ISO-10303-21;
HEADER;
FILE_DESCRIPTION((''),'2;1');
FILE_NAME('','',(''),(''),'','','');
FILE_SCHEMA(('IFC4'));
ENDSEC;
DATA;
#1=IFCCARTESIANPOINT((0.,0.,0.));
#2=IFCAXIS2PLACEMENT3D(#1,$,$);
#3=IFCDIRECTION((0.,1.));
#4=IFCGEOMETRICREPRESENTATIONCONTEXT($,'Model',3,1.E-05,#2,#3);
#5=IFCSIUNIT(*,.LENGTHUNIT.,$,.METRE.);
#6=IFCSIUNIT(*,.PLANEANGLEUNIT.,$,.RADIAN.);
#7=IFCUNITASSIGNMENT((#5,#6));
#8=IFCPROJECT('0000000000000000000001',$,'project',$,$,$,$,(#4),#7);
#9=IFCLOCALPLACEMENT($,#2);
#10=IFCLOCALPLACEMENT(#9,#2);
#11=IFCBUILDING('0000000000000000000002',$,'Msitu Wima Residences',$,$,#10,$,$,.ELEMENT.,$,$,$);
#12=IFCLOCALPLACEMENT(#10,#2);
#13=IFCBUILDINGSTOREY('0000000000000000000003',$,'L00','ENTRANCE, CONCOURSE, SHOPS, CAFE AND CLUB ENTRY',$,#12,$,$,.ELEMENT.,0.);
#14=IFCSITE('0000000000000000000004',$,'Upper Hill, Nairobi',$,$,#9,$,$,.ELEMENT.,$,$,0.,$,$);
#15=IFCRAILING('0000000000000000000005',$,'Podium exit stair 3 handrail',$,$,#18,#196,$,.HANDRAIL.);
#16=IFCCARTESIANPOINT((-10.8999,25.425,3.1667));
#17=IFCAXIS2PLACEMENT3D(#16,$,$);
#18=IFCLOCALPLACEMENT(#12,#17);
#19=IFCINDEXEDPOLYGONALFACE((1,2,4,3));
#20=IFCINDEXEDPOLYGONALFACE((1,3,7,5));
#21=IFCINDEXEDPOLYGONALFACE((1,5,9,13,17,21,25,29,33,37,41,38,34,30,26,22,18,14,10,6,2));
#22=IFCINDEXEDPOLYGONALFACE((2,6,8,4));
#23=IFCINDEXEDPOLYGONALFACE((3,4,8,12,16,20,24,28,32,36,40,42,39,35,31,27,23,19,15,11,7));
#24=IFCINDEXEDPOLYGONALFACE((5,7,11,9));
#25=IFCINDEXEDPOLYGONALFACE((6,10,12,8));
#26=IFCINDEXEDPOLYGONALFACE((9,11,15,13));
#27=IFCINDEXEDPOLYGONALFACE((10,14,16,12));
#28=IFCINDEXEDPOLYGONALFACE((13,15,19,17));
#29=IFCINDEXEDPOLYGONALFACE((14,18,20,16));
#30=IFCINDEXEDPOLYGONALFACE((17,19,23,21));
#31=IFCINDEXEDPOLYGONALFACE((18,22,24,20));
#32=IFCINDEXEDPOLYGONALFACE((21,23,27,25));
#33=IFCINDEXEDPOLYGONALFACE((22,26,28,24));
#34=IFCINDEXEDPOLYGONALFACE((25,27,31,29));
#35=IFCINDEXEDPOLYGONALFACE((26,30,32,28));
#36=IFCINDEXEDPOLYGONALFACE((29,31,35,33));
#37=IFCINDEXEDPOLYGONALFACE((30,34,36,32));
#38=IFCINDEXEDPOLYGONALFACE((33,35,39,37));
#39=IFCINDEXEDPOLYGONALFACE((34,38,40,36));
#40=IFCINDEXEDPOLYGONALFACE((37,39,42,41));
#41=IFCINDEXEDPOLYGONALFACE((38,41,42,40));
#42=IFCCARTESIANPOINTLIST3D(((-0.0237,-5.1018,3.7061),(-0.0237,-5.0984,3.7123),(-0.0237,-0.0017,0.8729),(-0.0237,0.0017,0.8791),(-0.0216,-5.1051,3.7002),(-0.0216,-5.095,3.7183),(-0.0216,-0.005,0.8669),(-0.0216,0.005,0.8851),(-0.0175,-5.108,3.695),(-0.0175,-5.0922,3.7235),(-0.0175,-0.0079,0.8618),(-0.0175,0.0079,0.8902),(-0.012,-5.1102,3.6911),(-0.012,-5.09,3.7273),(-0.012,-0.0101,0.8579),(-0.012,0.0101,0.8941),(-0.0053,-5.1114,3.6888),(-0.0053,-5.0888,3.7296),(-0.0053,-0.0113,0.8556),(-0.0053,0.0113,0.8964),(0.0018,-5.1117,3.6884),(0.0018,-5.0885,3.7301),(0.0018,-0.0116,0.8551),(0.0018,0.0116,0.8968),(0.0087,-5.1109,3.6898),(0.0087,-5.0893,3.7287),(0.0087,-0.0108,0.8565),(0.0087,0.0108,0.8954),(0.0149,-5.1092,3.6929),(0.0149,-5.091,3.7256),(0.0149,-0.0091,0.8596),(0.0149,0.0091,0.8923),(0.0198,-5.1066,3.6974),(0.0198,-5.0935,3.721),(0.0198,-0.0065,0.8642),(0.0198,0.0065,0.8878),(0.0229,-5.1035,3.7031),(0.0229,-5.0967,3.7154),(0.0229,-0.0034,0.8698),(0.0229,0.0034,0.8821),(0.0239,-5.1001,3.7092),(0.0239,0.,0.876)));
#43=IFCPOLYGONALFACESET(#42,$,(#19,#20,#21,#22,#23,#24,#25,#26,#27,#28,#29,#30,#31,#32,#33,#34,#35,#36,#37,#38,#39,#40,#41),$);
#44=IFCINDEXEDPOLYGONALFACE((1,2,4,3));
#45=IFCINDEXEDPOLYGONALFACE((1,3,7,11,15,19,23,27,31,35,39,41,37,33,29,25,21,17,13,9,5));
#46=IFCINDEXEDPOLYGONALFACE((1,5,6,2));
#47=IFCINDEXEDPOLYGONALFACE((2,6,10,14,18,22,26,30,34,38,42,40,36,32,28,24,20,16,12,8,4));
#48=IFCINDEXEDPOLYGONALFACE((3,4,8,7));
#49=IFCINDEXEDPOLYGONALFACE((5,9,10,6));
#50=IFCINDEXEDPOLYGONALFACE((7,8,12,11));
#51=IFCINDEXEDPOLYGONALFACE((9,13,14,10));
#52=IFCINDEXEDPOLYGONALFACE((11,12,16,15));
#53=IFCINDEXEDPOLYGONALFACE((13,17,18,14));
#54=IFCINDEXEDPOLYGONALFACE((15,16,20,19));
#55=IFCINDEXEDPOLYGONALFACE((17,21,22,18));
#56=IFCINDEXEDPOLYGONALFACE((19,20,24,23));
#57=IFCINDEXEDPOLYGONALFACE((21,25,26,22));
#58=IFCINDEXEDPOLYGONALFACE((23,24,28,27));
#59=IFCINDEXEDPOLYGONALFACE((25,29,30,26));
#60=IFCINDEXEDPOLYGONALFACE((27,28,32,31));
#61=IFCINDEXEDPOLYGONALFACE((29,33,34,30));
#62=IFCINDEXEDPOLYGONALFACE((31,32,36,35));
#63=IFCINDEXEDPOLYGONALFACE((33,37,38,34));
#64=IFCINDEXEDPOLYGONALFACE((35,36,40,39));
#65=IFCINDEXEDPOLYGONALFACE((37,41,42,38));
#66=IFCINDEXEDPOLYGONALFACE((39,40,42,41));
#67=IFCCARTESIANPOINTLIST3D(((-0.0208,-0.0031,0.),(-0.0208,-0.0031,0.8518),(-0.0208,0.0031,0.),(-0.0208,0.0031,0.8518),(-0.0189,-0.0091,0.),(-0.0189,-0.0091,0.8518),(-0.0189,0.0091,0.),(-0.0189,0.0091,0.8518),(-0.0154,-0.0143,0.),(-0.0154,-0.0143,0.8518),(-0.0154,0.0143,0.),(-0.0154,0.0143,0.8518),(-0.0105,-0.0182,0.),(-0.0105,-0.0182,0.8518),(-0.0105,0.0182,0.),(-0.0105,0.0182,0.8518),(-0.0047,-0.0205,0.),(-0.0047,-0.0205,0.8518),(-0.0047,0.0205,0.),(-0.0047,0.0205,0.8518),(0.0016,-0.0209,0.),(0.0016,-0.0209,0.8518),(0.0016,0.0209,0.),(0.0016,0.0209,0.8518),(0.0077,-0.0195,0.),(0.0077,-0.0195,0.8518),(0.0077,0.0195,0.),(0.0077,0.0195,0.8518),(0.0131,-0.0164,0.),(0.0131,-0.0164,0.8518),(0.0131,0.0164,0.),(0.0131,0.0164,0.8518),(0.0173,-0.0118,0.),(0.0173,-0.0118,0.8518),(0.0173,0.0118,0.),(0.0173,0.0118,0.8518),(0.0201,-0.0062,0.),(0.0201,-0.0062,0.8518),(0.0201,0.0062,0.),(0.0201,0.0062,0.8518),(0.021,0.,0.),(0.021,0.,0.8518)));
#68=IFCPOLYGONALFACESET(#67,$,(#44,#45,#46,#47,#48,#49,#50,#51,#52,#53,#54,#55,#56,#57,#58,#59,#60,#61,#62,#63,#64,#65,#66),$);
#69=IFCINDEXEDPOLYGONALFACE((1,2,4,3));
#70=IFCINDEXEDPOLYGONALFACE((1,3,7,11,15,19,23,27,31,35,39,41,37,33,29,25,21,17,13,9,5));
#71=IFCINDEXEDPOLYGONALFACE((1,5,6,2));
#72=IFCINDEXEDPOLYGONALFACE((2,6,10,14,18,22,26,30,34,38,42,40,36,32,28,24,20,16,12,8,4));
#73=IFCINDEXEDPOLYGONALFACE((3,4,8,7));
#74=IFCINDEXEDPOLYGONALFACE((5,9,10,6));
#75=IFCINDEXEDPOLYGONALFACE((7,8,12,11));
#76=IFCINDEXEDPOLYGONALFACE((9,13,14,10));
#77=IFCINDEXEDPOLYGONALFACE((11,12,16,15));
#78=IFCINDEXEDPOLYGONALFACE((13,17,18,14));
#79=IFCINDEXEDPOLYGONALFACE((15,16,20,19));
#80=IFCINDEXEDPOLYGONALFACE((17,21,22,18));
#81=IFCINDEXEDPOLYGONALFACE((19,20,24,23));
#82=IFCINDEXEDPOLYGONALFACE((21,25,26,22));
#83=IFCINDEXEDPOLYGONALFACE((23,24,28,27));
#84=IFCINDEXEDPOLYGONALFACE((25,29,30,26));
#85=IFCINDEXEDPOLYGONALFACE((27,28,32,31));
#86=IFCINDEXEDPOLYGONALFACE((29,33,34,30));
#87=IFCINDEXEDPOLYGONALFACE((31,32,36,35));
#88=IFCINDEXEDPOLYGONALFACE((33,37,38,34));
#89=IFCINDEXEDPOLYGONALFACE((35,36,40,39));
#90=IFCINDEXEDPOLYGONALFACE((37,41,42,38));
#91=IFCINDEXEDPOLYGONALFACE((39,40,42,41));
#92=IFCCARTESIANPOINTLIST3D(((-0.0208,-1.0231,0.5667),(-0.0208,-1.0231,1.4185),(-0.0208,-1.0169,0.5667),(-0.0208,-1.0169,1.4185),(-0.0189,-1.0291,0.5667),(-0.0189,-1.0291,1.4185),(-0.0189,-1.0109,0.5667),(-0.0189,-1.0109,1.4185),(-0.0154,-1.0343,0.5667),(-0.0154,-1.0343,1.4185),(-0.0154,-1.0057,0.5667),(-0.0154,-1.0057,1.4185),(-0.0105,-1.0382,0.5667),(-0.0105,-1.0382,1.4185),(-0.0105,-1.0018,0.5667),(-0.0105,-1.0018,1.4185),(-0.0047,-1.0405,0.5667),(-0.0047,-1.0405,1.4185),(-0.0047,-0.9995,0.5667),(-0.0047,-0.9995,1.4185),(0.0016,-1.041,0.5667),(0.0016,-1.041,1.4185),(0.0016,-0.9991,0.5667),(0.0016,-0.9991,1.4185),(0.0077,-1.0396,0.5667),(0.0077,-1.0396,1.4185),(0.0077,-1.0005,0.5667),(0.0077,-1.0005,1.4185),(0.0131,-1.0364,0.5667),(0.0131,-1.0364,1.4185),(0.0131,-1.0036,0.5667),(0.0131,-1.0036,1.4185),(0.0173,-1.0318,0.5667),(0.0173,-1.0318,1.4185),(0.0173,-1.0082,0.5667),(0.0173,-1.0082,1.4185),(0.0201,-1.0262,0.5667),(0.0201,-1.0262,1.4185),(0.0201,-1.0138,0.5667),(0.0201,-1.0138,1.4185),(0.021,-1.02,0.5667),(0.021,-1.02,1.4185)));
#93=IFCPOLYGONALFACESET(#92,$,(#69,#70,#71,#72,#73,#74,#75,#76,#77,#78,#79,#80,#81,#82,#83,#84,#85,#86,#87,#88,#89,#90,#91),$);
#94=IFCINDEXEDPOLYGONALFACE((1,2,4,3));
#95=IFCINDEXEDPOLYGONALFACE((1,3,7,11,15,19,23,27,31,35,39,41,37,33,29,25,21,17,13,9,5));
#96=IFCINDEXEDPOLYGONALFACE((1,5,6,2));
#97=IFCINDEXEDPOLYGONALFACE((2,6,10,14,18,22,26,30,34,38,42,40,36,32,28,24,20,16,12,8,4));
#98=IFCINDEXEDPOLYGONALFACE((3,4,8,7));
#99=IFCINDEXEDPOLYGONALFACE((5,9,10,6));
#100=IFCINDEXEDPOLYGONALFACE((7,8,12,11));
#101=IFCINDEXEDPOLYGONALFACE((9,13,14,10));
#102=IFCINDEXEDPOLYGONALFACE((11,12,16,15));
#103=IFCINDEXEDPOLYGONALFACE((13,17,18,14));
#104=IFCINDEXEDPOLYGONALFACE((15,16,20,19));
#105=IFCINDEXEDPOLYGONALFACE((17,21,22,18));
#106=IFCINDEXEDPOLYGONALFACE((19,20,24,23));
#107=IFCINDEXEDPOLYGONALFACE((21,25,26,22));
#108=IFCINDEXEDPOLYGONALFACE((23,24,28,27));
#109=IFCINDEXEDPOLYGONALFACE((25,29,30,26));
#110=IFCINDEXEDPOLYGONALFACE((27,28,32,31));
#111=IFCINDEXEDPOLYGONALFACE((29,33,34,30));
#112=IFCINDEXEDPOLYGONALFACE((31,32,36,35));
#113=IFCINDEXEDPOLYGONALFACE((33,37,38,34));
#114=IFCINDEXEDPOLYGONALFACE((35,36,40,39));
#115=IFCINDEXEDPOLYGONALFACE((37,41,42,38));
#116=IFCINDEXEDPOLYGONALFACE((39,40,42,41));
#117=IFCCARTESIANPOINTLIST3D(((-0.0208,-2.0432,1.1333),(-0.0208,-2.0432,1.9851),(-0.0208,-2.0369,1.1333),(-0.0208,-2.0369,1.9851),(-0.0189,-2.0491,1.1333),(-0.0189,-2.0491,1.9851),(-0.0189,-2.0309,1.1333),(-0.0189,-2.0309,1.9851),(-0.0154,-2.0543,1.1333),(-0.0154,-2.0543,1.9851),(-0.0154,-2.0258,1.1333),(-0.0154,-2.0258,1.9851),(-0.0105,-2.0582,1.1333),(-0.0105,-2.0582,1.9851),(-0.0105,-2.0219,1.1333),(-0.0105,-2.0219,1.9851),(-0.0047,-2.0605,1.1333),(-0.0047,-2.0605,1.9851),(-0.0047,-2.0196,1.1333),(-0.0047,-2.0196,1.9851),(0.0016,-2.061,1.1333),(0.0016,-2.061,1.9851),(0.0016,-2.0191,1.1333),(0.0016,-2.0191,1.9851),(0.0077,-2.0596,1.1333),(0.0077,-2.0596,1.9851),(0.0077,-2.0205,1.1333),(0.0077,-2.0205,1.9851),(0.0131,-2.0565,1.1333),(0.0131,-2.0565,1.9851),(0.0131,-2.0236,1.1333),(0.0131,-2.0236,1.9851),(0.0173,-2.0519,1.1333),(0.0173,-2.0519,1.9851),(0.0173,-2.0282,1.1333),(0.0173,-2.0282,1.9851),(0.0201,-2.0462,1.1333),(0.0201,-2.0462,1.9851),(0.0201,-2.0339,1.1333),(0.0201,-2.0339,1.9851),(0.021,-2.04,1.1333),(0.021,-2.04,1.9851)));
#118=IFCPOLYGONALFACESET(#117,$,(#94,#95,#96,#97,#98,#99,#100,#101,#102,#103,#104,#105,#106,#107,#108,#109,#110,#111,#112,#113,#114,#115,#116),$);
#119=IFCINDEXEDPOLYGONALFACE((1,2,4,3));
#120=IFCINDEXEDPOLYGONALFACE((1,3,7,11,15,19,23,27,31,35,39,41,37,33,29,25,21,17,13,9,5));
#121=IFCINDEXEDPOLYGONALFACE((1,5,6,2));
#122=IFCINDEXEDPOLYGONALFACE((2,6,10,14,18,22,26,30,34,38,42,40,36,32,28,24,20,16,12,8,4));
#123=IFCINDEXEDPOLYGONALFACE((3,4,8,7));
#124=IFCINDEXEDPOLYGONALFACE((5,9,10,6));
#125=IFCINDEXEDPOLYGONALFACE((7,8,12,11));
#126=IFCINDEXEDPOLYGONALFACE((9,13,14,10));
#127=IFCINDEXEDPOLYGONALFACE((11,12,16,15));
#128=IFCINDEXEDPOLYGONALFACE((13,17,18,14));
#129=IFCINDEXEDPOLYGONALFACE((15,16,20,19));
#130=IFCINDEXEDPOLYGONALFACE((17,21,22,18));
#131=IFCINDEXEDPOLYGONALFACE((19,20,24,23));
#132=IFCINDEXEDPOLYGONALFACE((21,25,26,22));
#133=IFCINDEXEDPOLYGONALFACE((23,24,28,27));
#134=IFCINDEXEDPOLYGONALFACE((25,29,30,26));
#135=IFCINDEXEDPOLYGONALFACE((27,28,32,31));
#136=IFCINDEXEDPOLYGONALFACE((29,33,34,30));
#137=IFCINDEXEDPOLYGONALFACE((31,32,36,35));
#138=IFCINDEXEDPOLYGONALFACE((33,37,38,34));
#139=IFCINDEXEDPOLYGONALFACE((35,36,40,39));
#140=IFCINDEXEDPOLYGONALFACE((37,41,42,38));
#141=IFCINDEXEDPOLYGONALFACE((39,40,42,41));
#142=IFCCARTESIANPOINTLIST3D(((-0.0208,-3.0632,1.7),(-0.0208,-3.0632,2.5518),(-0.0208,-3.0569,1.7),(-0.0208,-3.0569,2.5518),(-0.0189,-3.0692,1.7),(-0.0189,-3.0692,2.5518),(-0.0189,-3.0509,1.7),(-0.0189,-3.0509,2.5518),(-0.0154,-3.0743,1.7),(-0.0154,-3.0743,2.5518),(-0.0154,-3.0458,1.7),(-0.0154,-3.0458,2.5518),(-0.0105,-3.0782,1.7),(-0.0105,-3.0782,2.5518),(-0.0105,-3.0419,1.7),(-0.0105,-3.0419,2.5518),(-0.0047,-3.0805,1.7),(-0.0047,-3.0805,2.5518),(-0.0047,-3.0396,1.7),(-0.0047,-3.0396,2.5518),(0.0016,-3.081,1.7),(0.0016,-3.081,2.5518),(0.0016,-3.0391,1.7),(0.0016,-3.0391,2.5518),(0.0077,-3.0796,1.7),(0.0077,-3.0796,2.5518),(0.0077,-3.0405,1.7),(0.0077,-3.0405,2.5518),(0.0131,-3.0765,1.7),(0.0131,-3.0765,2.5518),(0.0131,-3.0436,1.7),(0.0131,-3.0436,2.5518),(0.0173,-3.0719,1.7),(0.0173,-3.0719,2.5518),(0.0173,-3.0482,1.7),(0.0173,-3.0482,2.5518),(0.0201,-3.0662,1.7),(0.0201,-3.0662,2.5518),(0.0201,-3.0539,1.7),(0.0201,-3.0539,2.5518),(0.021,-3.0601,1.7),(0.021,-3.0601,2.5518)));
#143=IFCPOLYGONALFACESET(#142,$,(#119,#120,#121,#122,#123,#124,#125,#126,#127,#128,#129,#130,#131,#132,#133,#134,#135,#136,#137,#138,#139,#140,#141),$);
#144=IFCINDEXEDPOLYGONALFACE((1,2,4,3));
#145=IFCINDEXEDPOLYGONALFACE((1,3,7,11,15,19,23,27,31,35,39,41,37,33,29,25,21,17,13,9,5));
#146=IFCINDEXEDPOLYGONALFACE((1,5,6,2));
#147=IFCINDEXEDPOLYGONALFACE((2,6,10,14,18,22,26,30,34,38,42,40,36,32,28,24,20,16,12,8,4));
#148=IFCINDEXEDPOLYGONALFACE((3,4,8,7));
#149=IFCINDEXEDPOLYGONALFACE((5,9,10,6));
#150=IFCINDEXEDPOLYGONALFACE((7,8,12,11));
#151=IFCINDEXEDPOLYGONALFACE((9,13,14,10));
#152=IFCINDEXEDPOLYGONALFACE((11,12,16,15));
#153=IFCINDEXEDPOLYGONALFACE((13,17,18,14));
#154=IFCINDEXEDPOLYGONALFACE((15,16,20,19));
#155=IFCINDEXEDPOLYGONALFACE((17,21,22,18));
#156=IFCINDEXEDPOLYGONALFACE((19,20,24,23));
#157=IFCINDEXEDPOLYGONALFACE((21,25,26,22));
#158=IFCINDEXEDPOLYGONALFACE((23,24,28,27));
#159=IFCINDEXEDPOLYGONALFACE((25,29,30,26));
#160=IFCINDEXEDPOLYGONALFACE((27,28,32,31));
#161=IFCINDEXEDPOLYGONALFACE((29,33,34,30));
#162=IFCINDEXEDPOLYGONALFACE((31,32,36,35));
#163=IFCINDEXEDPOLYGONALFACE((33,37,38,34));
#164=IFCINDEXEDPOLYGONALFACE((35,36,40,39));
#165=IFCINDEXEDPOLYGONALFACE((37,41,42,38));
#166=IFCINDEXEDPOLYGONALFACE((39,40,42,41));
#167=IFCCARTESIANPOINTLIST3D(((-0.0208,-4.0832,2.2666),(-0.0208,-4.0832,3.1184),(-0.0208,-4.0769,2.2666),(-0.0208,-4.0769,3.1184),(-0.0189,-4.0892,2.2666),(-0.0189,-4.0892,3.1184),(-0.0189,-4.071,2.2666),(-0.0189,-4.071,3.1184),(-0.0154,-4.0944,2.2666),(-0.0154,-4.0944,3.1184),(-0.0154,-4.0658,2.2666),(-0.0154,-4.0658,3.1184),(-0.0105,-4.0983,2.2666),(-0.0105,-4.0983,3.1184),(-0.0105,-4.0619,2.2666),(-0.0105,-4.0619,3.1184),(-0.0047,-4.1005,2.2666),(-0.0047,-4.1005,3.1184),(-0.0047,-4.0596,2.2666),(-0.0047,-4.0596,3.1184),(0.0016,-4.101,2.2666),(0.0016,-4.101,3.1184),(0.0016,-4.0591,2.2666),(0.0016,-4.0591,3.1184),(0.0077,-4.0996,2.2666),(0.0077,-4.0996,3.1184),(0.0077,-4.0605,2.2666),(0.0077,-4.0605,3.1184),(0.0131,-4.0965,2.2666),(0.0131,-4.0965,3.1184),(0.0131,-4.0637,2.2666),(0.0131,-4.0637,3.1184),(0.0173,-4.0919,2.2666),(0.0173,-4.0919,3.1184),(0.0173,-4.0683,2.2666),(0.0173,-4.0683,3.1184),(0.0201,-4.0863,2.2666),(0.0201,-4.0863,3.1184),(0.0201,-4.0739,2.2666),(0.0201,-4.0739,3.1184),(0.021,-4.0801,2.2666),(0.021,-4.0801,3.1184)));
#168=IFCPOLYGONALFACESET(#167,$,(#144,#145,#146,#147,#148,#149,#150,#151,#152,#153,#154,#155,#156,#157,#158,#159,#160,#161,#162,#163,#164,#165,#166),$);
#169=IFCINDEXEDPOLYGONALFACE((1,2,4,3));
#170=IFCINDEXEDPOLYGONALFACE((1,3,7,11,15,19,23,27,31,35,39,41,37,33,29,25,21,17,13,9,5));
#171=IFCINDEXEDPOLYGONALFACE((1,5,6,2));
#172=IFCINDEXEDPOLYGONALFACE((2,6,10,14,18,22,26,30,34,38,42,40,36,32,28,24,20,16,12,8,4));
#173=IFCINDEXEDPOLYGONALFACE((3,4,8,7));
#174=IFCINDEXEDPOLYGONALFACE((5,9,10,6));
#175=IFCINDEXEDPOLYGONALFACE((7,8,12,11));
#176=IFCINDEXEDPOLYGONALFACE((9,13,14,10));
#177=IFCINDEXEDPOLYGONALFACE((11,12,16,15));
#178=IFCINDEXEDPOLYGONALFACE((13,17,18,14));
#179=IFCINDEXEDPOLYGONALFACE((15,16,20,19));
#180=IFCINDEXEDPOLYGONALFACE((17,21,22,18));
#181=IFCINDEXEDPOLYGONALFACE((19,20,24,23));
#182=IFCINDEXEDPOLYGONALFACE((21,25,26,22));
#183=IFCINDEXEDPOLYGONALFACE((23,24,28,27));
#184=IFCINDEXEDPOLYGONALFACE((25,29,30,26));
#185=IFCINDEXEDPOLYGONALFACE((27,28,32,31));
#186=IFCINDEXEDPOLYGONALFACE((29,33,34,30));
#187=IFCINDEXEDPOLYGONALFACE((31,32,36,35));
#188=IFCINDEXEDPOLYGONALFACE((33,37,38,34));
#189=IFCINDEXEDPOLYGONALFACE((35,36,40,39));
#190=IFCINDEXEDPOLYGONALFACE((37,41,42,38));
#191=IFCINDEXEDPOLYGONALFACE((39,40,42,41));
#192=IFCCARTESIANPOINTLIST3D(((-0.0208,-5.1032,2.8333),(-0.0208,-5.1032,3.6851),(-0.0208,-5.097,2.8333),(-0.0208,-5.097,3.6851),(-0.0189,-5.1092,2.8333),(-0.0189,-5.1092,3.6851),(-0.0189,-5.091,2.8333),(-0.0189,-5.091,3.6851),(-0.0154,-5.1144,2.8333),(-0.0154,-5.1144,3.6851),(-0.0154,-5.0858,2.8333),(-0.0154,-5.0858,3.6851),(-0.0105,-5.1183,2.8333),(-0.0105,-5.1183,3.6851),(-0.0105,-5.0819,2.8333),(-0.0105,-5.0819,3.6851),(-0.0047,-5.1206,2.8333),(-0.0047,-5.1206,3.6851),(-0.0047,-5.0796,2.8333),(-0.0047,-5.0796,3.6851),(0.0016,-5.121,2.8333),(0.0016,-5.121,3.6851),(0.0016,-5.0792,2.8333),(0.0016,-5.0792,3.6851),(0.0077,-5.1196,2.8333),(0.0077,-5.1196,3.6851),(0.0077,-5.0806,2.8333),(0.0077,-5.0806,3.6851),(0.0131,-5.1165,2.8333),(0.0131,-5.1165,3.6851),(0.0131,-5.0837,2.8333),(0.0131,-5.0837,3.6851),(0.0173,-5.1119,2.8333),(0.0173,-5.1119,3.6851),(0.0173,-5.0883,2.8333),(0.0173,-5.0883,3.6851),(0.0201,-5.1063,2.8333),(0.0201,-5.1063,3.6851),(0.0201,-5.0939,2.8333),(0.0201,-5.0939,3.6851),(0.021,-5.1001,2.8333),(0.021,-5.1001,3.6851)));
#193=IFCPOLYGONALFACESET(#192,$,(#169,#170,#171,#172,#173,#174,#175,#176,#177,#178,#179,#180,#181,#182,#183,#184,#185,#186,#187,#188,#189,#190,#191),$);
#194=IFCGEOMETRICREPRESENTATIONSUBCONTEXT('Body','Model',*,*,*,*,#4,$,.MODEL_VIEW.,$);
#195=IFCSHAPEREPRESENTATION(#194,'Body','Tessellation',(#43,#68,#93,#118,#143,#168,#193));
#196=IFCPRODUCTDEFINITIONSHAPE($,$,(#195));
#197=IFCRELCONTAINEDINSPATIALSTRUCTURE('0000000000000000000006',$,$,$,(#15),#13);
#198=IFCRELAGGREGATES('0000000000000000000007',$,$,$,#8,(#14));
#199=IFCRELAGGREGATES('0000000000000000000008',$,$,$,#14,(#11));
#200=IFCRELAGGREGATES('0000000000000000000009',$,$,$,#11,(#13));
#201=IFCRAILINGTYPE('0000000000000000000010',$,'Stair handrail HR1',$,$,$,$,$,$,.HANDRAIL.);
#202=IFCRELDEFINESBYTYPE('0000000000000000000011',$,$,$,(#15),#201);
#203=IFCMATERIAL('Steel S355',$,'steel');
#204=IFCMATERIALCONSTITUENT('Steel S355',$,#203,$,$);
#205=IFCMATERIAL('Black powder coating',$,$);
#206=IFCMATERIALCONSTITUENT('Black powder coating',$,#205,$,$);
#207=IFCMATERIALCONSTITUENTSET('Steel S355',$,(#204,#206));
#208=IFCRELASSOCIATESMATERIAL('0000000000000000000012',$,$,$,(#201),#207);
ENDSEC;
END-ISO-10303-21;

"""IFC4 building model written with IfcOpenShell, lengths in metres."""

from ifc_helpers import new_model, si_unit, direction, frame, origin, origin_2d, place, context, subcontext, project, spatial, circle, extrude, material, constituent, constituent_set, type_object, element, save


model = new_model("IFC4")

# Units and contexts
model_context = context("Model", 3, precision=1e-05, world=origin(), true_north=direction((0.0, 1.0)))
body_context = subcontext(model_context, "Body", "Model", "MODEL_VIEW")
ifc_project = project(units=[si_unit("LENGTHUNIT", "METRE"), si_unit("PLANEANGLEUNIT", "RADIAN")], contexts=[model_context])

# Site, building, storey
site_placement = place(None, origin())
site = spatial("IfcSite", under=ifc_project, at=site_placement, Name="Upper Hill, Nairobi", CompositionType="ELEMENT", RefElevation=0.0)
building_placement = place(site_placement, origin())
building = spatial("IfcBuilding", under=site, at=building_placement, Name="Msitu Wima Residences", CompositionType="ELEMENT")
storey_placement = place(building_placement, origin())
storey = spatial("IfcBuildingStorey", under=building, at=storey_placement, Name="L00", Description="ENTRANCE, CONCOURSE, SHOPS, CAFE AND CLUB ENTRY", CompositionType="ELEMENT", Elevation=0.0)

# Railing
ifc_material_1 = material(Name="Steel S355", Category="steel")
ifc_constituent_1 = constituent(ifc_material_1, Name="Steel S355")
ifc_material_2 = material(Name="Black powder coating")
ifc_constituent_2 = constituent(ifc_material_2, Name="Black powder coating")
ifc_constituent_set = constituent_set(constituents=[ifc_constituent_1, ifc_constituent_2], Name="Steel S355")
railing_type = type_object("IfcRailingType", Name="Stair handrail HR1", PredefinedType="HANDRAIL", material=ifc_constituent_set)
for number, where, name in (
    (1, (-10.8999, 25.425, 3.1667), "Podium exit stair 3 handrail"),
):
    element("IfcRailing", number, at=place(storey_placement, frame(where)), inside=storey, type_object=railing_type, Name=name, PredefinedType="HANDRAIL", context=body_context, shape_type="SweptSolid", body=[
        extrude(circle(Radius=0.0239, at=origin_2d()), frame((0.0, 0.0, 0.876), z_axis=(0.0, -0.874167, 0.485625), x_axis=(1.0, 0.0, 0.0)), (0.0, 0.0, 1.0), 5.8342),
        extrude(circle(Radius=0.021, at=origin_2d()), origin(), (0.0, 0.0, 1.0), 0.8518),
        extrude(circle(Radius=0.021, at=origin_2d()), frame((0.0, -1.02, 0.5667)), (0.0, 0.0, 1.0), 0.8518),
        extrude(circle(Radius=0.021, at=origin_2d()), frame((0.0, -2.04, 1.1333)), (0.0, 0.0, 1.0), 0.8518),
        extrude(circle(Radius=0.021, at=origin_2d()), frame((0.0, -3.0601, 1.7)), (0.0, 0.0, 1.0), 0.8518),
        extrude(circle(Radius=0.021, at=origin_2d()), frame((0.0, -4.0801, 2.2666)), (0.0, 0.0, 1.0), 0.8518),
        extrude(circle(Radius=0.021, at=origin_2d()), frame((0.0, -5.1001, 2.8333)), (0.0, 0.0, 1.0), 0.8518),
    ])

save(model, "model.ifc")
